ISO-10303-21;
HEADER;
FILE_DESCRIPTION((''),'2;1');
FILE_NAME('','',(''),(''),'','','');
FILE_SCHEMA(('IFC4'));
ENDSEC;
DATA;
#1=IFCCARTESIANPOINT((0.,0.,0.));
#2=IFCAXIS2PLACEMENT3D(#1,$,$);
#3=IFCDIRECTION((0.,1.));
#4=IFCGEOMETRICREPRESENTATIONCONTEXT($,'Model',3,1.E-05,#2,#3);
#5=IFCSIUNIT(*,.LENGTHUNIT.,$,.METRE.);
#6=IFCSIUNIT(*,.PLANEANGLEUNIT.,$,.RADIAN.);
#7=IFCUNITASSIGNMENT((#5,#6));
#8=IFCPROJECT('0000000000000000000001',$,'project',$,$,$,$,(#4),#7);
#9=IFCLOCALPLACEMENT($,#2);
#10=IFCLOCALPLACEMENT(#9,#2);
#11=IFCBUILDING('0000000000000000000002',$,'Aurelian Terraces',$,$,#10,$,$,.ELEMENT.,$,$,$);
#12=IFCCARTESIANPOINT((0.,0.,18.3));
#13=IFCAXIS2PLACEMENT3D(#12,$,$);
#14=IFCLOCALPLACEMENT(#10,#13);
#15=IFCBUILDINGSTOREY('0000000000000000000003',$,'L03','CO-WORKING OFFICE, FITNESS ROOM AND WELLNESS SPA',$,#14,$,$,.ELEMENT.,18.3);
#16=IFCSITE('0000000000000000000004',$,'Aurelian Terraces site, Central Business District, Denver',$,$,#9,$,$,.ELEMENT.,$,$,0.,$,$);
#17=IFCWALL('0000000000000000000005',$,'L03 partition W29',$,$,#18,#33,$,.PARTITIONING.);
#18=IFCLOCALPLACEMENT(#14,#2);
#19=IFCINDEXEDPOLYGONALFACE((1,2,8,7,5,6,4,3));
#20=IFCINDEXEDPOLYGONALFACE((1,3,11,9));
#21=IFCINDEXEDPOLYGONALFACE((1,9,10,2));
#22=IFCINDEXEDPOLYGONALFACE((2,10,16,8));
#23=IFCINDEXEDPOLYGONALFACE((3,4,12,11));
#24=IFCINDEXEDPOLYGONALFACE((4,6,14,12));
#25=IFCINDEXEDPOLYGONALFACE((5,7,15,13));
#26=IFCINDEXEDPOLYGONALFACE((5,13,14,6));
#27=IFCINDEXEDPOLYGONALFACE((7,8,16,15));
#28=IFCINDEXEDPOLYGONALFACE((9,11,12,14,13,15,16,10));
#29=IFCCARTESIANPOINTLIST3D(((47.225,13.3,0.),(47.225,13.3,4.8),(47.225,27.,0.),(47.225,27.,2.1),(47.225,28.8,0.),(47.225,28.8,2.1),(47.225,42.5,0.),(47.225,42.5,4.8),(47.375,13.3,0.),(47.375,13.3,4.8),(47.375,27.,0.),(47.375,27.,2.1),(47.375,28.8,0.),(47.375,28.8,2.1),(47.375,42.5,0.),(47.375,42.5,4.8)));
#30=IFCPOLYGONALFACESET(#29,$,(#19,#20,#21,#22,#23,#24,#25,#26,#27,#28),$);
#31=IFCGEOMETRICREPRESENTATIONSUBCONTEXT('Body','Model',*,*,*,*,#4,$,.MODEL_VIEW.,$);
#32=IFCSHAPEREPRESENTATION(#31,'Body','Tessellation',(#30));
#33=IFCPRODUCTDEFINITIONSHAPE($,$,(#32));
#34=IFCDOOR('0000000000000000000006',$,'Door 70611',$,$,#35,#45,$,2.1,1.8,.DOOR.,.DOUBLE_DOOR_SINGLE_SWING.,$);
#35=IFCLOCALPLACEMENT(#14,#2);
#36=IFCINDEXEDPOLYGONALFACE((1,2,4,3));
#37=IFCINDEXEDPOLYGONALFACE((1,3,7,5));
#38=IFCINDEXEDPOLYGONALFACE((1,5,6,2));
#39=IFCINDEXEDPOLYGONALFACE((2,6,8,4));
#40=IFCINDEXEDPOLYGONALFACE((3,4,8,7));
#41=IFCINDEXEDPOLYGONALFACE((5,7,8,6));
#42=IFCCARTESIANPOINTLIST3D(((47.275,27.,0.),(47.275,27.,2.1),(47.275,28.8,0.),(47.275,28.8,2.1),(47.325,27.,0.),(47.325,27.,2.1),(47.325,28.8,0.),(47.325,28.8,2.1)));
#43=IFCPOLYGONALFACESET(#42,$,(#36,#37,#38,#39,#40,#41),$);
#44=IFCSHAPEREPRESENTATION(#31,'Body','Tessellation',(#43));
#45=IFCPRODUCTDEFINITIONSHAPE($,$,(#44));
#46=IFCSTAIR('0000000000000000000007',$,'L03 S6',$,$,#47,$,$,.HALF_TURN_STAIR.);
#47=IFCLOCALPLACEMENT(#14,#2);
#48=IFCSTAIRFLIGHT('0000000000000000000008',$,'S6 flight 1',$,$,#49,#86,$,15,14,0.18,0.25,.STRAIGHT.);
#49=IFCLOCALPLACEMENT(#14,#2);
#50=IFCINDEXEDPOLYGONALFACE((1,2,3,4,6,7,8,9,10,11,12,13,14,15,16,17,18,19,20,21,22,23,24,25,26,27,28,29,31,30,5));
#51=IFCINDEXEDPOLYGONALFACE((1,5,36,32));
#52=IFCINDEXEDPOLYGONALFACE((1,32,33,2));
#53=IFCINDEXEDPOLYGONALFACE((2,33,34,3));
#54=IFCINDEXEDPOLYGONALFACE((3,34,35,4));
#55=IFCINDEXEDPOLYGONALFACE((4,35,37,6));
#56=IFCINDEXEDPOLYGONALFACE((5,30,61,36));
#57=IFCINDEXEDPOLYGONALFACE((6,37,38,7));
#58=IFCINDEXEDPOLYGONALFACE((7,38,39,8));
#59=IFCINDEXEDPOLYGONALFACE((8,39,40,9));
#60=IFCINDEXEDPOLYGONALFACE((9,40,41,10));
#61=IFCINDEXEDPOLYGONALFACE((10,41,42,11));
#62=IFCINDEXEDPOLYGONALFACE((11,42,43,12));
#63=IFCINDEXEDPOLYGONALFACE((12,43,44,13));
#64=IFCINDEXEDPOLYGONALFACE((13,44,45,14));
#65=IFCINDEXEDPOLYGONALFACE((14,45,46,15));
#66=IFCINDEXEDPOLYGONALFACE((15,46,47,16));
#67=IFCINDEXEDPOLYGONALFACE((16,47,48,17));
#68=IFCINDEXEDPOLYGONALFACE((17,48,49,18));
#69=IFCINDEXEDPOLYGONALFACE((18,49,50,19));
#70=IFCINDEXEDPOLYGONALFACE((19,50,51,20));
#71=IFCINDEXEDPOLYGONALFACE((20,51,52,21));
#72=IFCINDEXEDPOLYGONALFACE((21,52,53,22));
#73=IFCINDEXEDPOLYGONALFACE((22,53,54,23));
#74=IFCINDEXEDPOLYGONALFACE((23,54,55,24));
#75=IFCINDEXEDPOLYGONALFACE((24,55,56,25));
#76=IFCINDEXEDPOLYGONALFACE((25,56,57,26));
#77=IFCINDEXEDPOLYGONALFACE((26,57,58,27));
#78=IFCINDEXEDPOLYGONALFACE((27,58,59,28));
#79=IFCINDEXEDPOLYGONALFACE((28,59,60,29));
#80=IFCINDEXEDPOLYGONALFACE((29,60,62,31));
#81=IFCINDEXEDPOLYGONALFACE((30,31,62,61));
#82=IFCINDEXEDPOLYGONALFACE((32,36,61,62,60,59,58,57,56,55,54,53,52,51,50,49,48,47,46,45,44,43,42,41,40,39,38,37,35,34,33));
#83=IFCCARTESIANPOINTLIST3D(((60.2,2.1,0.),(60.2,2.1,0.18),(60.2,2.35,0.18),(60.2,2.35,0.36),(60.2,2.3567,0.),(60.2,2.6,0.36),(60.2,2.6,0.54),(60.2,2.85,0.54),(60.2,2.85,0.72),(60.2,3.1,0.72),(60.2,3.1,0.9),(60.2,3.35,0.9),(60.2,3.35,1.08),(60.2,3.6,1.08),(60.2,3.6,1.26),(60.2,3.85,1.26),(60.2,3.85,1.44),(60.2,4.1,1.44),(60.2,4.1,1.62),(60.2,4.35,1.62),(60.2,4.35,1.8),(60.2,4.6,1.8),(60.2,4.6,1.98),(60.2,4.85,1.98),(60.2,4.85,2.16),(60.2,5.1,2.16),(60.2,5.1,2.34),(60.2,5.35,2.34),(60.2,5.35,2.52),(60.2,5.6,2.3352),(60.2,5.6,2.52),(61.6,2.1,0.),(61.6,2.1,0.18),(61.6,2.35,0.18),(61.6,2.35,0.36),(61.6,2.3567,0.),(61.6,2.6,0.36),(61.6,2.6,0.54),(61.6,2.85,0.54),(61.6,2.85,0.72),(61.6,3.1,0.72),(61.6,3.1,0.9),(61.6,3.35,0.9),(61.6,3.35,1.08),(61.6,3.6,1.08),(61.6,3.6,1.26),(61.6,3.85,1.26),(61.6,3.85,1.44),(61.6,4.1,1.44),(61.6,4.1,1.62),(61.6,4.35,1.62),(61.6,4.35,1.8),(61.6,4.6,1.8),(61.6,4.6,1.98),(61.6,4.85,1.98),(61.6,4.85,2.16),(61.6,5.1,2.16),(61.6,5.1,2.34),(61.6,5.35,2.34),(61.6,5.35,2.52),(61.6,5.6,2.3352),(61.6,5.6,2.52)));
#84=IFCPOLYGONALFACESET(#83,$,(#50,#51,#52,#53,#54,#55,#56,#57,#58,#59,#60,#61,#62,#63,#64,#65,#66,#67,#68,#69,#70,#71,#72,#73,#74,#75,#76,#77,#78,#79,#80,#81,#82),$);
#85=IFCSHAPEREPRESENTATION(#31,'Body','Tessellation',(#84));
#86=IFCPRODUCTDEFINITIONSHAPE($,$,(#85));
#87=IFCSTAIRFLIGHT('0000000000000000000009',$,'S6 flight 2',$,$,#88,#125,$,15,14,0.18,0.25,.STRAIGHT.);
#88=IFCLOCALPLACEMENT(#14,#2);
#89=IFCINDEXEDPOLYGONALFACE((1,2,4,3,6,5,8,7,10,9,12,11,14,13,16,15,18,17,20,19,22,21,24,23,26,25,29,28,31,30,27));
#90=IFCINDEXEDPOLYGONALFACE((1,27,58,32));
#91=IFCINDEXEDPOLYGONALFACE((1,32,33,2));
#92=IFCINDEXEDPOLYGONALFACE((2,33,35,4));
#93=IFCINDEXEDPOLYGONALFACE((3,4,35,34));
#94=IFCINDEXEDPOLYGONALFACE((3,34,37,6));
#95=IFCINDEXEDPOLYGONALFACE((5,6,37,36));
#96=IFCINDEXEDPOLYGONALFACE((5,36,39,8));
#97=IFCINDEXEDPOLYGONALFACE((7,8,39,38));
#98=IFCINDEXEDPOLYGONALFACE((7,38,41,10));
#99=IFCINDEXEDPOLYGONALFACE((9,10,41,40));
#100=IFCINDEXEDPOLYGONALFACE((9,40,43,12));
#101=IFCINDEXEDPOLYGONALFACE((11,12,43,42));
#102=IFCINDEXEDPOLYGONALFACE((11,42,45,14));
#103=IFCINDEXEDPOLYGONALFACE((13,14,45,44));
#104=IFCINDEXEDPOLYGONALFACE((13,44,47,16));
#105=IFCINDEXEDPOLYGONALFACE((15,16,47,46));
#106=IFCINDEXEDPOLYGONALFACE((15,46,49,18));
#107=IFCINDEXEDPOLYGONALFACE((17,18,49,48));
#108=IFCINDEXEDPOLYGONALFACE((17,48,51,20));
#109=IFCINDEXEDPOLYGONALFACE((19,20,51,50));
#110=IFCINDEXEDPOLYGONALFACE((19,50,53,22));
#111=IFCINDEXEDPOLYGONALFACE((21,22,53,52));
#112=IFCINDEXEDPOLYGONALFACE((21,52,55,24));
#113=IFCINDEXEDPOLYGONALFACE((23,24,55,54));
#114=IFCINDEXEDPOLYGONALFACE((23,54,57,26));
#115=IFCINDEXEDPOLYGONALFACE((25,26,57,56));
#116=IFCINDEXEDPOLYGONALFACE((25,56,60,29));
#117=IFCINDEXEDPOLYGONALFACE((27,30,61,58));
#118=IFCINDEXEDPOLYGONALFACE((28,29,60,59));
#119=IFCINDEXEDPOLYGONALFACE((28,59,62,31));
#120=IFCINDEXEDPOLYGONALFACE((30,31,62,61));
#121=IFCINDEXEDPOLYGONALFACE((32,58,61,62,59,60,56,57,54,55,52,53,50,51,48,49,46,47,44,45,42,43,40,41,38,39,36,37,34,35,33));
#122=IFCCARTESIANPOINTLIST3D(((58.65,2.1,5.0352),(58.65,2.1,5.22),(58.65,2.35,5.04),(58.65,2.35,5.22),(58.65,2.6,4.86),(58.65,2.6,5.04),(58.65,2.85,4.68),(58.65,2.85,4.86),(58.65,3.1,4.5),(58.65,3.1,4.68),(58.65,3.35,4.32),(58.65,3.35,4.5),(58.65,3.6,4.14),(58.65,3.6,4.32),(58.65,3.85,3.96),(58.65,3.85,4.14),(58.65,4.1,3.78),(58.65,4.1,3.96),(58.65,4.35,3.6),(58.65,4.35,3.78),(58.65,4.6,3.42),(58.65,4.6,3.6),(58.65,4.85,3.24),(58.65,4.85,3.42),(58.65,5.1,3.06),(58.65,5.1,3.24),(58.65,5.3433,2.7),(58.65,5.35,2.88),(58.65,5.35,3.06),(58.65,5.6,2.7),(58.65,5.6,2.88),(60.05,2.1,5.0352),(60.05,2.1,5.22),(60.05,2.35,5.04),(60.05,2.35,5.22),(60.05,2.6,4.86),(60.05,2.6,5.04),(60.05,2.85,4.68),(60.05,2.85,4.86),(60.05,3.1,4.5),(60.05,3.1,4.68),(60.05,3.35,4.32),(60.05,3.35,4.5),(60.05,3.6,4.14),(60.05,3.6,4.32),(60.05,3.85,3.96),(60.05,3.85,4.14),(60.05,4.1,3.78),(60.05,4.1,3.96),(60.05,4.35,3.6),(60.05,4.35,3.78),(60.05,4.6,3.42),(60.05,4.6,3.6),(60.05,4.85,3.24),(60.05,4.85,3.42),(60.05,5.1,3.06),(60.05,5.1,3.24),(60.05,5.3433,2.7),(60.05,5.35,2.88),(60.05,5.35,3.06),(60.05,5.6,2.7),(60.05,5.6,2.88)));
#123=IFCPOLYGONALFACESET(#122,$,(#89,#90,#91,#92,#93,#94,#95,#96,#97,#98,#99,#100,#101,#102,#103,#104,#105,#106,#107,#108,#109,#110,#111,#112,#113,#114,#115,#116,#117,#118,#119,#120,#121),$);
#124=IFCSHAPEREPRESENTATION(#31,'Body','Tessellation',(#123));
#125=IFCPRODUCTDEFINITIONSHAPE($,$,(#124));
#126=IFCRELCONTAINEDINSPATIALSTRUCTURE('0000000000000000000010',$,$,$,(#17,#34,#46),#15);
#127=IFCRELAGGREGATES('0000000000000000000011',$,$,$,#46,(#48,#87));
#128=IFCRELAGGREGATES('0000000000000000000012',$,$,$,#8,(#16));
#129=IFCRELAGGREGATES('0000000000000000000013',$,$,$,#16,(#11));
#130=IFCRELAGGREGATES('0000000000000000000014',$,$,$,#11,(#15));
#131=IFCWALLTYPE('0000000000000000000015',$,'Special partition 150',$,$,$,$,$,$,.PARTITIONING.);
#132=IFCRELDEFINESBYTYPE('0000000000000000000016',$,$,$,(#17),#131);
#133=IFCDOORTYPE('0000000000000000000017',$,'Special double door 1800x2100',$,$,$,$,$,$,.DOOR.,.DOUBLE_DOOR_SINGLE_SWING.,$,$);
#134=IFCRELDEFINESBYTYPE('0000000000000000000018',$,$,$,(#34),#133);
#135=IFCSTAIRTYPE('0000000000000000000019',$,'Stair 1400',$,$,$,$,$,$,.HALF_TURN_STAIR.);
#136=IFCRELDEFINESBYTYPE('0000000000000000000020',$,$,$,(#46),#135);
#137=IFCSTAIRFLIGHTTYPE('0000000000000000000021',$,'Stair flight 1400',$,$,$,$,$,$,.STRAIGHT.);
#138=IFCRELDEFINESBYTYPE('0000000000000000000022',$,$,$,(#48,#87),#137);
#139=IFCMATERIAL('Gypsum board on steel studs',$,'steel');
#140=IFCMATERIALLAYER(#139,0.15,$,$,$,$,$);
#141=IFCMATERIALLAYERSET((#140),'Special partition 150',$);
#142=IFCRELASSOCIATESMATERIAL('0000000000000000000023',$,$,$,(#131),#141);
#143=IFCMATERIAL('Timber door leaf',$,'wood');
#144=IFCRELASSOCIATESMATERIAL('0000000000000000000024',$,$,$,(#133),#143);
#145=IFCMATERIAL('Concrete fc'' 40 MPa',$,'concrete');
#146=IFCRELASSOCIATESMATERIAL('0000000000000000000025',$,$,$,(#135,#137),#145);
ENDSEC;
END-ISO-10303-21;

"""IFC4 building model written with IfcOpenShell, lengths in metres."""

from ifc_helpers import new_model, si_unit, direction, frame, frame_2d, origin, place, context, subcontext, project, spatial, polyline, rectangle, outline, extrude, source, transform, mapped, material, layer, layer_set, type_object, element, fill, aggregate, save


model = new_model("IFC4")

# Units and contexts
model_context = context("Model", 3, precision=1e-05, world=origin(), true_north=direction((0.0, 1.0)))
body_context = subcontext(model_context, "Body", "Model", "MODEL_VIEW")
ifc_project = project(units=[si_unit("LENGTHUNIT", "METRE"), si_unit("PLANEANGLEUNIT", "RADIAN")], contexts=[model_context])

# Site, building, storey
site_placement = place(None, origin())
site = spatial("IfcSite", under=ifc_project, at=site_placement, Name="Aurelian Terraces site, Central Business District, Denver", CompositionType="ELEMENT", RefElevation=0.0)
building_placement = place(site_placement, origin())
building = spatial("IfcBuilding", under=site, at=building_placement, Name="Aurelian Terraces", CompositionType="ELEMENT")
storey_placement = place(building_placement, frame((0.0, 0.0, 18.3)))
storey = spatial("IfcBuildingStorey", under=building, at=storey_placement, Name="L03", Description="CO-WORKING OFFICE, FITNESS ROOM AND WELLNESS SPA", CompositionType="ELEMENT", Elevation=18.3)

# Shared definitions
ifc_material_1 = material(Name="Concrete fc' 40 MPa", Category="concrete")

# Shared definitions
ifc_material_2 = material(Name="Gypsum board on steel studs", Category="steel")

# Wall, opening, door
ifc_layer_1 = layer(ifc_material_2, 0.15)
ifc_layer_set_1 = layer_set([ifc_layer_1], Name="Special partition 150")
wall_type_1 = type_object("IfcWallType", Name="Special partition 150", PredefinedType="PARTITIONING", material=ifc_layer_set_1)
shared_shape_1 = source(origin(), body_context, "Body", "SweptSolid", [
    extrude(rectangle(XDim=29.2, YDim=0.15, at=frame_2d((14.6, 0.0))), origin(), (0.0, 0.0, 1.0), 4.8),
])
wall_1_placement = place(storey_placement, frame((47.3, 13.3, 0.0), z_axis=(0.0, 0.0, 1.0), x_axis=(0.0, 1.0, 0.0)))
wall_1 = element("IfcWall", 1, at=wall_1_placement, inside=storey, type_object=wall_type_1, Name="L03 partition W29", PredefinedType="PARTITIONING", context=body_context, shape_type="MappedRepresentation", body=[
    mapped(shared_shape_1, transform((0.0, 0.0, 0.0), scale=1.0)),
])
shared_shape_2 = source(origin(), body_context, "Body", "SweptSolid", [
    extrude(rectangle(XDim=1.8, YDim=2.1, at=frame_2d((0.9, 1.05))), frame((0.0, 0.085, 0.0), z_axis=(0.0, -1.0, 0.0), x_axis=(1.0, 0.0, 0.0)), (0.0, 0.0, 1.0), 0.17),
])
opening_1_placement = place(wall_1_placement, frame((13.7, 0.0, 0.0)))
opening_1 = element("IfcOpeningElement", 2, at=opening_1_placement, cuts=wall_1, PredefinedType="OPENING", context=body_context, shape_type="MappedRepresentation", body=[
    mapped(shared_shape_2, transform((0.0, 0.0, 0.0), scale=1.0)),
])
ifc_material_3 = material(Name="Timber door leaf", Category="wood")
door_type_1 = type_object("IfcDoorType", Name="Special double door 1800x2100", OperationType="DOUBLE_DOOR_SINGLE_SWING", PredefinedType="DOOR", material=ifc_material_3)
shared_shape_3 = source(origin(), body_context, "Body", "SweptSolid", [
    extrude(rectangle(XDim=1.8, YDim=2.1, at=frame_2d((0.9, 1.05))), frame((0.0, 0.025, 0.0), z_axis=(0.0, -1.0, 0.0), x_axis=(1.0, 0.0, 0.0)), (0.0, 0.0, 1.0), 0.05),
])
door_1_placement = place(opening_1_placement, origin())
door_1 = element("IfcDoor", 3, at=door_1_placement, inside=storey, type_object=door_type_1, Name="Door 70611", OperationType="DOUBLE_DOOR_SINGLE_SWING", OverallHeight=2.1, OverallWidth=1.8, PredefinedType="DOOR", context=body_context, shape_type="MappedRepresentation", body=[
    mapped(shared_shape_3, transform((0.0, 0.0, 0.0), scale=1.0)),
])
fill(opening_1, door_1)

# Stair, stair flights
stair_type = type_object("IfcStairType", Name="Stair 1400", PredefinedType="HALF_TURN_STAIR", material=ifc_material_1)
stair_placement = place(storey_placement, origin())
stair = element("IfcStair", 4, at=stair_placement, inside=storey, type_object=stair_type, Name="L03 S6", PredefinedType="HALF_TURN_STAIR")
stair_flight_type = type_object("IfcStairFlightType", Name="Stair flight 1400", PredefinedType="STRAIGHT", material=ifc_material_1)
shared_shape_4 = source(origin(), body_context, "Body", "SweptSolid", [
    extrude(outline(polyline([(0.0, 0.0), (0.0, 0.18), (0.25, 0.18), (0.25, 0.36), (0.5, 0.36), (0.5, 0.54), (0.75, 0.54), (0.75, 0.72), (1.0, 0.72), (1.0, 0.9), (1.25, 0.9), (1.25, 1.08), (1.5, 1.08), (1.5, 1.26), (1.75, 1.26), (1.75, 1.44), (2.0, 1.44), (2.0, 1.62), (2.25, 1.62), (2.25, 1.8), (2.5, 1.8), (2.5, 1.98), (2.75, 1.98), (2.75, 2.16), (3.0, 2.16), (3.0, 2.34), (3.25, 2.34), (3.25, 2.52), (3.5, 2.52), (3.5, 2.7), (3.5, 2.3352), (0.2567, 0.0), (0.0, 0.0)])), frame((0.0, 0.7, 0.0), z_axis=(0.0, -1.0, 0.0), x_axis=(1.0, 0.0, 0.0)), (0.0, 0.0, 1.0), 1.4),
])
stair_flight_1_placement = place(storey_placement, frame((60.9, 2.1, 0.0), z_axis=(0.0, 0.0, 1.0), x_axis=(0.0, 1.0, 0.0)))
stair_flight_1 = element("IfcStairFlight", 5, at=stair_flight_1_placement, type_object=stair_flight_type, Name="S6 flight 1", NumberOfRisers=15, NumberOfTreads=14, PredefinedType="STRAIGHT", RiserHeight=0.18, TreadLength=0.25, context=body_context, shape_type="MappedRepresentation", body=[
    mapped(shared_shape_4, transform((0.0, 0.0, 0.0), scale=1.0)),
])
stair_flight_2_placement = place(storey_placement, frame((59.35, 5.6, 2.7), z_axis=(0.0, 0.0, 1.0), x_axis=(0.0, -1.0, 0.0)))
stair_flight_2 = element("IfcStairFlight", 6, at=stair_flight_2_placement, type_object=stair_flight_type, Name="S6 flight 2", NumberOfRisers=15, NumberOfTreads=14, PredefinedType="STRAIGHT", RiserHeight=0.18, TreadLength=0.25, context=body_context, shape_type="MappedRepresentation", body=[
    mapped(shared_shape_4, transform((0.0, 0.0, 0.0), scale=1.0)),
])
aggregate(stair, [stair_flight_1, stair_flight_2])

save(model, "model.ifc")
